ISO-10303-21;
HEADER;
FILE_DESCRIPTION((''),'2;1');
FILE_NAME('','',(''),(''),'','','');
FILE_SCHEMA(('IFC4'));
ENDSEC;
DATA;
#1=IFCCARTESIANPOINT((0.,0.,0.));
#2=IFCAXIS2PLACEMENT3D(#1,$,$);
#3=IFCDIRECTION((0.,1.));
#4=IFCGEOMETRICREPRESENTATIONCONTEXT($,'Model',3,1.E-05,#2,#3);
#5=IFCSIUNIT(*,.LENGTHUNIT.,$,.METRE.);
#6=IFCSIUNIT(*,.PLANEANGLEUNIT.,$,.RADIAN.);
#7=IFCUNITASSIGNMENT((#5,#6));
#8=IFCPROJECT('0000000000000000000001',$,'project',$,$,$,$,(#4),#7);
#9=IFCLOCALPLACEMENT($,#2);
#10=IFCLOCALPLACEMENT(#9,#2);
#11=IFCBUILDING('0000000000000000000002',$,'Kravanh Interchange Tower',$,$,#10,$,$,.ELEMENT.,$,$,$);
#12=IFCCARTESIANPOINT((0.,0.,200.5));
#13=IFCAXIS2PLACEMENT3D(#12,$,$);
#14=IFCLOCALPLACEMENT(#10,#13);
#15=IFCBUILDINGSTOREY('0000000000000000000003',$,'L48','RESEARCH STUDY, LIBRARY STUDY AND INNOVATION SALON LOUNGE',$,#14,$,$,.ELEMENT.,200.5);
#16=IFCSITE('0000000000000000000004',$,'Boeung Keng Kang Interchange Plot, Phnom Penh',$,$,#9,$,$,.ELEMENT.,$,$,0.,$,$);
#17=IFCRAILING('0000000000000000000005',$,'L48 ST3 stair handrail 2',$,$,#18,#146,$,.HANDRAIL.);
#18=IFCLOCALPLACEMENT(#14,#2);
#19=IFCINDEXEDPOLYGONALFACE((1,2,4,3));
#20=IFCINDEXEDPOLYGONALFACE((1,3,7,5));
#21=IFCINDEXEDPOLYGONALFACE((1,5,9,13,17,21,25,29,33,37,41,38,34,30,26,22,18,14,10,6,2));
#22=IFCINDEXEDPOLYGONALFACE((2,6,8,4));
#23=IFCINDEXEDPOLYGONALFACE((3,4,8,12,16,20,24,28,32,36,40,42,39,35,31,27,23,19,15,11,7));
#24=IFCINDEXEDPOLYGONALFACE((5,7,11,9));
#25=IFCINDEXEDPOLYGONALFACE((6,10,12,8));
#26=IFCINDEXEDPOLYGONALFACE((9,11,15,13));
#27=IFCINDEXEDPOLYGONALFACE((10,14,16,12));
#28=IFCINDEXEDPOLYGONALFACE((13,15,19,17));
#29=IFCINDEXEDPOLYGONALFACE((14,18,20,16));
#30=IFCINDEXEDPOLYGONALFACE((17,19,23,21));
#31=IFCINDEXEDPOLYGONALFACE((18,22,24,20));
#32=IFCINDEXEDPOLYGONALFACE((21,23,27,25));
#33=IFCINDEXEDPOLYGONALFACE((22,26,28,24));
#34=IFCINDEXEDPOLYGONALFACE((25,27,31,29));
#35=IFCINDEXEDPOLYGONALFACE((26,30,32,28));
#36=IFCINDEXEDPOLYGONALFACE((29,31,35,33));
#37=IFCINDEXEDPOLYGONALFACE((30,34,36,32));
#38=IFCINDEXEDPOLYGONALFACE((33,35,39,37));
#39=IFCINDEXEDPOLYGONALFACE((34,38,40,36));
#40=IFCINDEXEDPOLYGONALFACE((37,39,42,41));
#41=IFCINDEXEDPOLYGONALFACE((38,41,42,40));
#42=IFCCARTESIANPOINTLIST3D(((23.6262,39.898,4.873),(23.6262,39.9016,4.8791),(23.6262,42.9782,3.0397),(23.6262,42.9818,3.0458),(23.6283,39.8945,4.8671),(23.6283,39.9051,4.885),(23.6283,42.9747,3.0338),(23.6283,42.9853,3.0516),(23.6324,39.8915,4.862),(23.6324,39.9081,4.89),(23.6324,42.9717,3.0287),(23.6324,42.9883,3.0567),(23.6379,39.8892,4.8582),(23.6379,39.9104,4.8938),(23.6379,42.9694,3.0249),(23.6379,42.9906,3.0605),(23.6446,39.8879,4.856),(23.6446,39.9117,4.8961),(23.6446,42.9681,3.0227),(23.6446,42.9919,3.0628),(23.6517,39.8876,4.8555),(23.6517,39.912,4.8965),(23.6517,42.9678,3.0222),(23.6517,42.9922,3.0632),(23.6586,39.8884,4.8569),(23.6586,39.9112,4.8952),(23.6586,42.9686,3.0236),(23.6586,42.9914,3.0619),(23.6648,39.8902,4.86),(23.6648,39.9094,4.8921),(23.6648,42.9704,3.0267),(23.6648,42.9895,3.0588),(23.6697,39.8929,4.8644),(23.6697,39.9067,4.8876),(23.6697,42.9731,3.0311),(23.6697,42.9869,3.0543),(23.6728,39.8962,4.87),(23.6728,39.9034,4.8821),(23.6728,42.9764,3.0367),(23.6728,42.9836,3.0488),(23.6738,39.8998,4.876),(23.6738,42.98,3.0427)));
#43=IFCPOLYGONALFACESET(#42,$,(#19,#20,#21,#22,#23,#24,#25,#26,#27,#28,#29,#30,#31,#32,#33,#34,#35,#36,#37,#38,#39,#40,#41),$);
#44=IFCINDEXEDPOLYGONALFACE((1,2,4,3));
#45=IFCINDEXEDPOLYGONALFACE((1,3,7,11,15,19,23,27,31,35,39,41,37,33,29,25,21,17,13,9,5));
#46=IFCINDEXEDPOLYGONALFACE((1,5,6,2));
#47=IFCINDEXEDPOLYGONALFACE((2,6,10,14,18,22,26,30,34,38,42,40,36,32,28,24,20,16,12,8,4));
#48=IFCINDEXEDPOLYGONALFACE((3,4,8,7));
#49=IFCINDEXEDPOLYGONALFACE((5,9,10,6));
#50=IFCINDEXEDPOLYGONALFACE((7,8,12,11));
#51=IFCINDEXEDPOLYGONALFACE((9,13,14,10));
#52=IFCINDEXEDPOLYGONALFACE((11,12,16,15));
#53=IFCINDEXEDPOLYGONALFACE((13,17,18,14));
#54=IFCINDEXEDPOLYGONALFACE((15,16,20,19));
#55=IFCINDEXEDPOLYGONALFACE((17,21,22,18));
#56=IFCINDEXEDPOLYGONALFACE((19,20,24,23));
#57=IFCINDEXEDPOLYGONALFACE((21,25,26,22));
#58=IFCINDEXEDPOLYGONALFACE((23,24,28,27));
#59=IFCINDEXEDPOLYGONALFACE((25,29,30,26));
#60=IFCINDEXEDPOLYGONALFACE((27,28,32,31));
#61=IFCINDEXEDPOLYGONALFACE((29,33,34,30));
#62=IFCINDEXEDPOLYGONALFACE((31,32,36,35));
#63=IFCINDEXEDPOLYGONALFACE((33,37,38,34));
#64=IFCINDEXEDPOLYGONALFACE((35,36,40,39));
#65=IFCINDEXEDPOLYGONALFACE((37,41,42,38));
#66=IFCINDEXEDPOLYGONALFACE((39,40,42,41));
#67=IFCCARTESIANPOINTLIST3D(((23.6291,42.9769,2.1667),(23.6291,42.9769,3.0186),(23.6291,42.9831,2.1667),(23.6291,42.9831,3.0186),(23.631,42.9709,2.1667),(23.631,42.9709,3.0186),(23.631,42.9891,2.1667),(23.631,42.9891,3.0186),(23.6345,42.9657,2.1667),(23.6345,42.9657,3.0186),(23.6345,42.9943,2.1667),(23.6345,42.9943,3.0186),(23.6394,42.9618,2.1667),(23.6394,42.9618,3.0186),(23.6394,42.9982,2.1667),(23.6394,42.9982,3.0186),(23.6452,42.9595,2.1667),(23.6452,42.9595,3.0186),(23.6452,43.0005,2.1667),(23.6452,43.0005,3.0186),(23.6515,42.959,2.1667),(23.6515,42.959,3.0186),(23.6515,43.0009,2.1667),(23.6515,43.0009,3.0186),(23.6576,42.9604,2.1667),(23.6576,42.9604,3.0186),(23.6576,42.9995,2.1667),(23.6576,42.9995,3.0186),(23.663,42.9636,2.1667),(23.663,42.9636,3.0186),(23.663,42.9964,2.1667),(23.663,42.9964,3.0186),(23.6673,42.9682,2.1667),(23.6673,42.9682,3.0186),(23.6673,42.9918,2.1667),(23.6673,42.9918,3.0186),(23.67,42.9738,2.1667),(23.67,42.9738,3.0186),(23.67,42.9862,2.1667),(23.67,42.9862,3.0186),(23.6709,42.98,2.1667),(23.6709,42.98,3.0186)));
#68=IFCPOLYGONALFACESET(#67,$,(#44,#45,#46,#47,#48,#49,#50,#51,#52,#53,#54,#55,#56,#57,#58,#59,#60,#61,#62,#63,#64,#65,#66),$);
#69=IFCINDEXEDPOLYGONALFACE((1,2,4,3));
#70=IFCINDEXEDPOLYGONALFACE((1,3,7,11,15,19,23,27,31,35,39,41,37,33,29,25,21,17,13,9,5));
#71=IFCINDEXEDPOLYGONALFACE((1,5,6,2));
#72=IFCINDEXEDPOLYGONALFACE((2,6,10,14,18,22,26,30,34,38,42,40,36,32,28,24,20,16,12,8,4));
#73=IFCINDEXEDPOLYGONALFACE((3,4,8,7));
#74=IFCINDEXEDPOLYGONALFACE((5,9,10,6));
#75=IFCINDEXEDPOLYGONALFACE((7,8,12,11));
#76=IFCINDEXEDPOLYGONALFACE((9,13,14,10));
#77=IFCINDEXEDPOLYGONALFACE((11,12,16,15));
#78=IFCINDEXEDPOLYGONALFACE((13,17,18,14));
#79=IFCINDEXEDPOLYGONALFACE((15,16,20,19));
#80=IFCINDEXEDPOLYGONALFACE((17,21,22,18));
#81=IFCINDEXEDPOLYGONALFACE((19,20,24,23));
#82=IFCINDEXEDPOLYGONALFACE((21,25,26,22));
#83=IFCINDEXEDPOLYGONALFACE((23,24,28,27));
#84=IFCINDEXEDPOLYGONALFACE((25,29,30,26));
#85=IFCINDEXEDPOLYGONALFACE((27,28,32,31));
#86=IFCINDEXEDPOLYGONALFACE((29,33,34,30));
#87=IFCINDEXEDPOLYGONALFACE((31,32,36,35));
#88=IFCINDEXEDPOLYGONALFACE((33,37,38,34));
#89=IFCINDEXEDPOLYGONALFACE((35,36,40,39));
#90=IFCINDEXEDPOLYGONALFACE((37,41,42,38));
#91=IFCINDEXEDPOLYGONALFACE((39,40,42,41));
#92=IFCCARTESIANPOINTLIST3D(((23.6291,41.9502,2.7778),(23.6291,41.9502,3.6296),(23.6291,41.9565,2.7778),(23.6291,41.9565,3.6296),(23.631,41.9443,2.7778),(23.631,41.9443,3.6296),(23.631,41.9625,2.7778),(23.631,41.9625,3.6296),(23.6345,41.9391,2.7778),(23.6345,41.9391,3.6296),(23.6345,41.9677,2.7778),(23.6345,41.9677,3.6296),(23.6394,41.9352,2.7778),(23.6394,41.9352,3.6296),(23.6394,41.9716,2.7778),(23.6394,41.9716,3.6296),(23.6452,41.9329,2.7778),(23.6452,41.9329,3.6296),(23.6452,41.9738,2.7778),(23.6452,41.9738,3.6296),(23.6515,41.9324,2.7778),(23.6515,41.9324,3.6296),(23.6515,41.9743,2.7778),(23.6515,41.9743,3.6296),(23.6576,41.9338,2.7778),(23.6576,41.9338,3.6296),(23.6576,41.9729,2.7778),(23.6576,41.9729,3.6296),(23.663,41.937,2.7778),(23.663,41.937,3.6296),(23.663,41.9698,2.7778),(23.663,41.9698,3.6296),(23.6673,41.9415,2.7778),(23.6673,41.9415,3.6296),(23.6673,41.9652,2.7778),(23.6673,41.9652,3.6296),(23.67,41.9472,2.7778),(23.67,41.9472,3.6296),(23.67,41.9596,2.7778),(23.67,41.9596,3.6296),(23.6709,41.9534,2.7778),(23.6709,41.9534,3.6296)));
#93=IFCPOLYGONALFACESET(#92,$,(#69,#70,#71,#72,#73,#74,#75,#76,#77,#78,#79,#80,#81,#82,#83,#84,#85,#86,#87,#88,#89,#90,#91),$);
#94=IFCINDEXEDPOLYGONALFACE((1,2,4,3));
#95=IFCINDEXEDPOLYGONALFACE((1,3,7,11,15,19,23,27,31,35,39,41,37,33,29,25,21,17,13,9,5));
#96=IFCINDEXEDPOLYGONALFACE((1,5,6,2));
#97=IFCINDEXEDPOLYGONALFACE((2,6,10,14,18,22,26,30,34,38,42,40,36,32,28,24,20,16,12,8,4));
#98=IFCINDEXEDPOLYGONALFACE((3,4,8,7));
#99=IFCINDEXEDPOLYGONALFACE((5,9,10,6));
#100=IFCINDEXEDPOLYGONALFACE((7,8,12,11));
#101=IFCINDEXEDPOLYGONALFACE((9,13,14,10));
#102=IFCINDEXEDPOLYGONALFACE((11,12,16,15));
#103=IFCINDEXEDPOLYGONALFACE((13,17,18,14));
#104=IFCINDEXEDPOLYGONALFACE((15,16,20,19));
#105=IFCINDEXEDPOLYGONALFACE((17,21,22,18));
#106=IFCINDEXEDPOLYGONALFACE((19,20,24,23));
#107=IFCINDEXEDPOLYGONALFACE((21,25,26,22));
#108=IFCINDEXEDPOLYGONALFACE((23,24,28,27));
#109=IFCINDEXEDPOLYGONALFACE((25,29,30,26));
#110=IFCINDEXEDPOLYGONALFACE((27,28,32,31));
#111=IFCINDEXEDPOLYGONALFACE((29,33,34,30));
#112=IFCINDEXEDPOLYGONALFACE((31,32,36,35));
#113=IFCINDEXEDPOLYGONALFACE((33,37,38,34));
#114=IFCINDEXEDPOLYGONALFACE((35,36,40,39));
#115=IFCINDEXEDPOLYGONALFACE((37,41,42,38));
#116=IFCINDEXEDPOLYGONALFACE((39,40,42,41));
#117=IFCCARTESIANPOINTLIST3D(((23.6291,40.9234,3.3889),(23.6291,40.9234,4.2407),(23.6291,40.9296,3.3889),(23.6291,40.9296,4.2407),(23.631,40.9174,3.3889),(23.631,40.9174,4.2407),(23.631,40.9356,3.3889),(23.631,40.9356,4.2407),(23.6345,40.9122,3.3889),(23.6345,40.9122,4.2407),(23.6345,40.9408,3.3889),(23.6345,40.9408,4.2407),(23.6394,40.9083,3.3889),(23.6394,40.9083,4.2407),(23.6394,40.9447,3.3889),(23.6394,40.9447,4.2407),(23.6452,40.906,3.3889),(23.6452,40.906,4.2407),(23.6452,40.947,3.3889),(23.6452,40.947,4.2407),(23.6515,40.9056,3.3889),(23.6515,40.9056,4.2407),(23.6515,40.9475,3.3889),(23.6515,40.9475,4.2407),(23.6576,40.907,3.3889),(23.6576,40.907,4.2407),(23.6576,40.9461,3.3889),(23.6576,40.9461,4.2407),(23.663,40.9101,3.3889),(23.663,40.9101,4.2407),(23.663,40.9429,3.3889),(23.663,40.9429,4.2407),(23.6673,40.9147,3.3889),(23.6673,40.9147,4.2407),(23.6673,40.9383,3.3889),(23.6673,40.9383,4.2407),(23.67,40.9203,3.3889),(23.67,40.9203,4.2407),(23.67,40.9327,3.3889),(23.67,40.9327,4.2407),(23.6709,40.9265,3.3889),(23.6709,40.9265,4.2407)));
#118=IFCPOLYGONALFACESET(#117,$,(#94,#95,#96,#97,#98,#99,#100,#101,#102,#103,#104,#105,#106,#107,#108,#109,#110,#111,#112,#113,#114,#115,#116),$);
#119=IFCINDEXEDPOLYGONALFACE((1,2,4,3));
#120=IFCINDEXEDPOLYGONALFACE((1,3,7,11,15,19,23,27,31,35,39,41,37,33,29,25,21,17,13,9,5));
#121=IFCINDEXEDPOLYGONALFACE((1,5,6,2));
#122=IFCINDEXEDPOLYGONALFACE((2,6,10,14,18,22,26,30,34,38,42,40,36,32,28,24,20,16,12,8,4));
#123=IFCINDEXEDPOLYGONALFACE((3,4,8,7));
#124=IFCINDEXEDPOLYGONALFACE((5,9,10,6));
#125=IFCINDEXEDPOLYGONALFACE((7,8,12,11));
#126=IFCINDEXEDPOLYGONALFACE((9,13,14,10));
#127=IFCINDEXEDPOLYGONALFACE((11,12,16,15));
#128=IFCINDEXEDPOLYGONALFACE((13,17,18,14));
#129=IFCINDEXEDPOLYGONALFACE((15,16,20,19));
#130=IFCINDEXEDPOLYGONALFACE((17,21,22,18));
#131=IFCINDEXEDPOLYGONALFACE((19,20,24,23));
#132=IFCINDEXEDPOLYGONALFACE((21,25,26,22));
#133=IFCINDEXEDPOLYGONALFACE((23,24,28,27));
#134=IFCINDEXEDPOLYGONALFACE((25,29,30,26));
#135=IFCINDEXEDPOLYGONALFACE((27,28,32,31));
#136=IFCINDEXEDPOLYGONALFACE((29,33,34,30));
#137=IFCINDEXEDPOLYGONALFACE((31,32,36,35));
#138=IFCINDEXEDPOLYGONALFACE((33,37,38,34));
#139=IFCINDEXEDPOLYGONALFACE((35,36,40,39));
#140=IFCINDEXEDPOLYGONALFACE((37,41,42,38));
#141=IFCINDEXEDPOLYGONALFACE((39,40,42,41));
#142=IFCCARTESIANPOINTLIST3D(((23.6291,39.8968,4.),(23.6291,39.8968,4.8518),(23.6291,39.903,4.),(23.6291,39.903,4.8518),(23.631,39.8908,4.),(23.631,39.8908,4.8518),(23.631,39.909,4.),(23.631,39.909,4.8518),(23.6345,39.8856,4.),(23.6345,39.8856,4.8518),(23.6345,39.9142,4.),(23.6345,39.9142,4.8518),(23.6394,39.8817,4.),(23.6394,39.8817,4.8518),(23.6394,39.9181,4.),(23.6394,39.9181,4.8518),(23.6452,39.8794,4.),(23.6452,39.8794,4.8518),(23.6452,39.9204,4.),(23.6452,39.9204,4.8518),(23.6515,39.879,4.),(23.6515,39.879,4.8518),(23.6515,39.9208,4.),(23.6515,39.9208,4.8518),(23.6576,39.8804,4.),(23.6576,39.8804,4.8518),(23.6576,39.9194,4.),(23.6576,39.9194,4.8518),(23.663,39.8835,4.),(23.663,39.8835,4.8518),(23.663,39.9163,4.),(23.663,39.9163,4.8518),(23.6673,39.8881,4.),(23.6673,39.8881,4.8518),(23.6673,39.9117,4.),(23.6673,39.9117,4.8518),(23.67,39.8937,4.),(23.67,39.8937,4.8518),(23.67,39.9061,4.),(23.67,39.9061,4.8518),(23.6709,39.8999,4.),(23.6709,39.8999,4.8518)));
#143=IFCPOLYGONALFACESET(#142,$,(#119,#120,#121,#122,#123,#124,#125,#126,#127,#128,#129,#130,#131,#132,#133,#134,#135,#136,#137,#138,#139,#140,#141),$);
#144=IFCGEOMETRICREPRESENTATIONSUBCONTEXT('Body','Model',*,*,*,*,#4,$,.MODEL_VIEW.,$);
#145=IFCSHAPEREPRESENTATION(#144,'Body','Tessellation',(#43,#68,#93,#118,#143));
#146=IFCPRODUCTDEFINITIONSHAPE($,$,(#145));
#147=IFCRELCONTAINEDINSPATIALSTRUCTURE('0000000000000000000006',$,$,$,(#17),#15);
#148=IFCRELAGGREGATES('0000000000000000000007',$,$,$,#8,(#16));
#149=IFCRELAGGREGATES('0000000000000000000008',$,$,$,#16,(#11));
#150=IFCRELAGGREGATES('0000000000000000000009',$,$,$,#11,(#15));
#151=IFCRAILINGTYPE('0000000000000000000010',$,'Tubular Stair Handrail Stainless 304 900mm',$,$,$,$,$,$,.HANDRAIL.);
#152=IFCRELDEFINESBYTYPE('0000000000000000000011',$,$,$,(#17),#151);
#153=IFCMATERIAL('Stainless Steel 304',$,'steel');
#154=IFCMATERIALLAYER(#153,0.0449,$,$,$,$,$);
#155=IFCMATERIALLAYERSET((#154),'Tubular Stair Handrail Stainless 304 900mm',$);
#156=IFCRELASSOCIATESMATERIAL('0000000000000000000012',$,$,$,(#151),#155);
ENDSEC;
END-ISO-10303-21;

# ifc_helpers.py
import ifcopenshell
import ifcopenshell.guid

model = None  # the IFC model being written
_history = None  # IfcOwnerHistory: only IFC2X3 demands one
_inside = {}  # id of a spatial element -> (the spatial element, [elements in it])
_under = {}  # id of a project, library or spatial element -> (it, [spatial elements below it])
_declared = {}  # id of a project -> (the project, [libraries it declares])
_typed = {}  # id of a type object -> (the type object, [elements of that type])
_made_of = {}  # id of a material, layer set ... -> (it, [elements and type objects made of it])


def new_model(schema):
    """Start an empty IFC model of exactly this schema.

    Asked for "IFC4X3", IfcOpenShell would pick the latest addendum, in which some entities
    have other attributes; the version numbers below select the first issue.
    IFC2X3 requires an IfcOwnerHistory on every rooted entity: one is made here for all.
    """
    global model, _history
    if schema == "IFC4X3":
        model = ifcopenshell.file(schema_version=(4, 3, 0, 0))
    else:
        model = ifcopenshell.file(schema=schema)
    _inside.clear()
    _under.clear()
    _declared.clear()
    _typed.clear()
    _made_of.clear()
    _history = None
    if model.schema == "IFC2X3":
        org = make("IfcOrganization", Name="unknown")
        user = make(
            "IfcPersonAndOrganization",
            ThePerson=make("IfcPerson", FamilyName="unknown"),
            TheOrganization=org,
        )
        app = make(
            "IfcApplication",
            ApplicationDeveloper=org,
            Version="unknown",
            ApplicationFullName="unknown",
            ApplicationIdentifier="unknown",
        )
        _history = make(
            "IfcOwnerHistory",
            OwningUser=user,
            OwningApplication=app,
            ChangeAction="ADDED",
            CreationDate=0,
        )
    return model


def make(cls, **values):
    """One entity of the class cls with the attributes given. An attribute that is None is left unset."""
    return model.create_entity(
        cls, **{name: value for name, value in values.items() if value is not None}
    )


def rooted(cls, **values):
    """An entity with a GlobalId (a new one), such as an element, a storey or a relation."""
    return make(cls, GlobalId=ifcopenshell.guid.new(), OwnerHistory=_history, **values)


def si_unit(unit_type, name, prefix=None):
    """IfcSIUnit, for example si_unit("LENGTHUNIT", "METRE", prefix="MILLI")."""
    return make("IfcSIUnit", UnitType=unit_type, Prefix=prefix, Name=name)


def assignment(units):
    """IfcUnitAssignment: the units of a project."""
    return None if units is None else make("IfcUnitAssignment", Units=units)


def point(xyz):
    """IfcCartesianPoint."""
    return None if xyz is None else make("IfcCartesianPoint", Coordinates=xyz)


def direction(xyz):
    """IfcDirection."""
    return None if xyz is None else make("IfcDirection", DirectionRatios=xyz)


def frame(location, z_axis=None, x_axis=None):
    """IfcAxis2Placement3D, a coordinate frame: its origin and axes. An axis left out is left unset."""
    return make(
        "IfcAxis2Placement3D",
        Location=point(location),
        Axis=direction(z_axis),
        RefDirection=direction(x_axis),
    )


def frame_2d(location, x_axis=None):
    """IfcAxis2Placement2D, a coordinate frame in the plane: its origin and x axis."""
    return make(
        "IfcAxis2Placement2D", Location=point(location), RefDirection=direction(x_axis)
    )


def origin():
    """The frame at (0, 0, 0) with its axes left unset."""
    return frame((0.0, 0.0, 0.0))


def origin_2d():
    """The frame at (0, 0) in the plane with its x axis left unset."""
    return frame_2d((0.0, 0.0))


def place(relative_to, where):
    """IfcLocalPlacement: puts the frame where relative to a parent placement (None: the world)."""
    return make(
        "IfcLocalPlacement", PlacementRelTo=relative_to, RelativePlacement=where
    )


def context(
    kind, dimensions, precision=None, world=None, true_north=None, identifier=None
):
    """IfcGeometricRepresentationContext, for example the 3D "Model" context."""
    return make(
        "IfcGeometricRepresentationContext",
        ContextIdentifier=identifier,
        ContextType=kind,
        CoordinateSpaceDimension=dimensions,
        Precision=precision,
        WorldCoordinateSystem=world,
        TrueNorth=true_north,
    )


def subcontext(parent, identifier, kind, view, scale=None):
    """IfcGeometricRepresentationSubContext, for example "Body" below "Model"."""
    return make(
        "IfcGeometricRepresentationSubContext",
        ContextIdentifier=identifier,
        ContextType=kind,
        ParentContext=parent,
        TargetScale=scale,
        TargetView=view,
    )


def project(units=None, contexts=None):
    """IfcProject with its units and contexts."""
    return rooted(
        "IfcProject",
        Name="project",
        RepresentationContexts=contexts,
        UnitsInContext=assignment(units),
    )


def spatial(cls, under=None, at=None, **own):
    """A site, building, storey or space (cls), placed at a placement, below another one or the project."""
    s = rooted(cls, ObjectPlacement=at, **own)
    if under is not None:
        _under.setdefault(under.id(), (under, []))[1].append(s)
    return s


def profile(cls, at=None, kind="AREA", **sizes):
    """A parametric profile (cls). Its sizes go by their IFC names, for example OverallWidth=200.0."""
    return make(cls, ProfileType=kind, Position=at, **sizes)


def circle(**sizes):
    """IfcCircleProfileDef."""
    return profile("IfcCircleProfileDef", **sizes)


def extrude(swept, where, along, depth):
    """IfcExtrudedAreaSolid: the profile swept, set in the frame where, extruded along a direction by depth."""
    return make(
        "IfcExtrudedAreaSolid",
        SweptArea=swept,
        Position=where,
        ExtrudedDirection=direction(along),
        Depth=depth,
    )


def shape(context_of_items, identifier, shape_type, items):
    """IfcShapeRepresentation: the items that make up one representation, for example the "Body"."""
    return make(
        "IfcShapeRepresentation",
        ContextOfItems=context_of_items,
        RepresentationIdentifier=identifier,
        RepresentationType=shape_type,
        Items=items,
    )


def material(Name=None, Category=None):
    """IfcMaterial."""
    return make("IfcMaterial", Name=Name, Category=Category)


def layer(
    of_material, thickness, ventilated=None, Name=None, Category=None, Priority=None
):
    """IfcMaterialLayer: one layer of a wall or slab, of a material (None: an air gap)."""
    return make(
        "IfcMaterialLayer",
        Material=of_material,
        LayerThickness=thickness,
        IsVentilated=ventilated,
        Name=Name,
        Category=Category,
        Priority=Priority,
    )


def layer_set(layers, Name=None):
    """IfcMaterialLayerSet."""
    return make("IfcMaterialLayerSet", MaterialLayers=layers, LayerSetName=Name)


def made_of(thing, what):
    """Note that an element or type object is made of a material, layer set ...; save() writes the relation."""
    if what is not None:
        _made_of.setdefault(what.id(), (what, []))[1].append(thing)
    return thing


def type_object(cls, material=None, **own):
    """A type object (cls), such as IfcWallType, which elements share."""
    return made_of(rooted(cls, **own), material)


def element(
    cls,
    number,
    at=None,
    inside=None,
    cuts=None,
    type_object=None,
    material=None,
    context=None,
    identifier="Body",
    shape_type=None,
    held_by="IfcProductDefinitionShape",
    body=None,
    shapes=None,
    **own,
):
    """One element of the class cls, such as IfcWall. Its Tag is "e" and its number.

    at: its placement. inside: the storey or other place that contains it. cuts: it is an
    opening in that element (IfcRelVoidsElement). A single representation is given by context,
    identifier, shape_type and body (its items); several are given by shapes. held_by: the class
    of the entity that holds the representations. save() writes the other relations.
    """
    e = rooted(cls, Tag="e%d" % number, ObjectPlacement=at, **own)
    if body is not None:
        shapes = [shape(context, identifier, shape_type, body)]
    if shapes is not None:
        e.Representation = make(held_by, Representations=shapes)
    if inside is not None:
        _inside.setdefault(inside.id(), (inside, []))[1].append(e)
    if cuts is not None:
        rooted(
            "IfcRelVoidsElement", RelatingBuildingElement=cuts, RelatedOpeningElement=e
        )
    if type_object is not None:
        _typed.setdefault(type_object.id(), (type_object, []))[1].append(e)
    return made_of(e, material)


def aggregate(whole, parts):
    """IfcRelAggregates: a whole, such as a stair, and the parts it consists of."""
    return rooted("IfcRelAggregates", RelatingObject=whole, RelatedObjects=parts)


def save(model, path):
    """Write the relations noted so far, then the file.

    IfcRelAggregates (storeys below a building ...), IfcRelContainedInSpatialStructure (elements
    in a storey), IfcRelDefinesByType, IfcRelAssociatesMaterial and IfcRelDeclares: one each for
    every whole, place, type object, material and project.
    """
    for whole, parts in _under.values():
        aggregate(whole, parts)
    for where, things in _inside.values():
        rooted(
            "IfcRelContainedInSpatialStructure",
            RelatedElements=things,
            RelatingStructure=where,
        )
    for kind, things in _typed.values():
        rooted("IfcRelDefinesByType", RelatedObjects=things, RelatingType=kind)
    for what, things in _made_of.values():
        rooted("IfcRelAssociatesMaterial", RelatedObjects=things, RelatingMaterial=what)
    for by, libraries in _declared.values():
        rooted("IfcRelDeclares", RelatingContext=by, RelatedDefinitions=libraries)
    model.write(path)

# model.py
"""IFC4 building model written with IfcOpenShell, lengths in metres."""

from ifc_helpers import new_model, si_unit, direction, frame, origin, origin_2d, place, context, subcontext, project, spatial, circle, extrude, material, layer, layer_set, type_object, element, save


model = new_model("IFC4")

# Units and contexts
model_context = context("Model", 3, precision=1e-05, world=origin(), true_north=direction((0.0, 1.0)))
body_context = subcontext(model_context, "Body", "Model", "MODEL_VIEW")
ifc_project = project(units=[si_unit("LENGTHUNIT", "METRE"), si_unit("PLANEANGLEUNIT", "RADIAN")], contexts=[model_context])

# Site, building, storey
site_placement = place(None, origin())
site = spatial("IfcSite", under=ifc_project, at=site_placement, Name="Boeung Keng Kang Interchange Plot, Phnom Penh", CompositionType="ELEMENT", RefElevation=0.0)
building_placement = place(site_placement, origin())
building = spatial("IfcBuilding", under=site, at=building_placement, Name="Kravanh Interchange Tower", CompositionType="ELEMENT")
storey_placement = place(building_placement, frame((0.0, 0.0, 200.5)))
storey = spatial("IfcBuildingStorey", under=building, at=storey_placement, Name="L48", Description="RESEARCH STUDY, LIBRARY STUDY AND INNOVATION SALON LOUNGE", CompositionType="ELEMENT", Elevation=200.5)

# Railing
ifc_material_1 = material(Name="Stainless Steel 304", Category="steel")
ifc_layer_1 = layer(ifc_material_1, 0.0449)
ifc_layer_set_1 = layer_set([ifc_layer_1], Name="Tubular Stair Handrail Stainless 304 900mm")
railing_type_1 = type_object("IfcRailingType", Name="Tubular Stair Handrail Stainless 304 900mm", PredefinedType="HANDRAIL", material=ifc_layer_set_1)
railing_1_placement = place(storey_placement, frame((23.6499, 42.98, 2.1667)))
element("IfcRailing", 1, at=railing_1_placement, inside=storey, type_object=railing_type_1, Name="L48 ST3 stair handrail 2", PredefinedType="HANDRAIL", context=body_context, shape_type="SweptSolid", body=[
    extrude(circle(Radius=0.0239, at=origin_2d()), frame((0.0, 0.0, 0.876), z_axis=(0.0, -0.859309, 0.511458), x_axis=(1.0, 0.0, 0.0)), (0.0, 0.0, 1.0), 3.5845),
    extrude(circle(Radius=0.021, at=origin_2d()), origin(), (0.0, 0.0, 1.0), 0.8518),
    extrude(circle(Radius=0.021, at=origin_2d()), frame((0.0, -1.0266, 0.6111)), (0.0, 0.0, 1.0), 0.8518),
    extrude(circle(Radius=0.021, at=origin_2d()), frame((0.0, -2.0535, 1.2222)), (0.0, 0.0, 1.0), 0.8518),
    extrude(circle(Radius=0.021, at=origin_2d()), frame((0.0, -3.0801, 1.8333)), (0.0, 0.0, 1.0), 0.8518),
])

save(model, "model.ifc")
